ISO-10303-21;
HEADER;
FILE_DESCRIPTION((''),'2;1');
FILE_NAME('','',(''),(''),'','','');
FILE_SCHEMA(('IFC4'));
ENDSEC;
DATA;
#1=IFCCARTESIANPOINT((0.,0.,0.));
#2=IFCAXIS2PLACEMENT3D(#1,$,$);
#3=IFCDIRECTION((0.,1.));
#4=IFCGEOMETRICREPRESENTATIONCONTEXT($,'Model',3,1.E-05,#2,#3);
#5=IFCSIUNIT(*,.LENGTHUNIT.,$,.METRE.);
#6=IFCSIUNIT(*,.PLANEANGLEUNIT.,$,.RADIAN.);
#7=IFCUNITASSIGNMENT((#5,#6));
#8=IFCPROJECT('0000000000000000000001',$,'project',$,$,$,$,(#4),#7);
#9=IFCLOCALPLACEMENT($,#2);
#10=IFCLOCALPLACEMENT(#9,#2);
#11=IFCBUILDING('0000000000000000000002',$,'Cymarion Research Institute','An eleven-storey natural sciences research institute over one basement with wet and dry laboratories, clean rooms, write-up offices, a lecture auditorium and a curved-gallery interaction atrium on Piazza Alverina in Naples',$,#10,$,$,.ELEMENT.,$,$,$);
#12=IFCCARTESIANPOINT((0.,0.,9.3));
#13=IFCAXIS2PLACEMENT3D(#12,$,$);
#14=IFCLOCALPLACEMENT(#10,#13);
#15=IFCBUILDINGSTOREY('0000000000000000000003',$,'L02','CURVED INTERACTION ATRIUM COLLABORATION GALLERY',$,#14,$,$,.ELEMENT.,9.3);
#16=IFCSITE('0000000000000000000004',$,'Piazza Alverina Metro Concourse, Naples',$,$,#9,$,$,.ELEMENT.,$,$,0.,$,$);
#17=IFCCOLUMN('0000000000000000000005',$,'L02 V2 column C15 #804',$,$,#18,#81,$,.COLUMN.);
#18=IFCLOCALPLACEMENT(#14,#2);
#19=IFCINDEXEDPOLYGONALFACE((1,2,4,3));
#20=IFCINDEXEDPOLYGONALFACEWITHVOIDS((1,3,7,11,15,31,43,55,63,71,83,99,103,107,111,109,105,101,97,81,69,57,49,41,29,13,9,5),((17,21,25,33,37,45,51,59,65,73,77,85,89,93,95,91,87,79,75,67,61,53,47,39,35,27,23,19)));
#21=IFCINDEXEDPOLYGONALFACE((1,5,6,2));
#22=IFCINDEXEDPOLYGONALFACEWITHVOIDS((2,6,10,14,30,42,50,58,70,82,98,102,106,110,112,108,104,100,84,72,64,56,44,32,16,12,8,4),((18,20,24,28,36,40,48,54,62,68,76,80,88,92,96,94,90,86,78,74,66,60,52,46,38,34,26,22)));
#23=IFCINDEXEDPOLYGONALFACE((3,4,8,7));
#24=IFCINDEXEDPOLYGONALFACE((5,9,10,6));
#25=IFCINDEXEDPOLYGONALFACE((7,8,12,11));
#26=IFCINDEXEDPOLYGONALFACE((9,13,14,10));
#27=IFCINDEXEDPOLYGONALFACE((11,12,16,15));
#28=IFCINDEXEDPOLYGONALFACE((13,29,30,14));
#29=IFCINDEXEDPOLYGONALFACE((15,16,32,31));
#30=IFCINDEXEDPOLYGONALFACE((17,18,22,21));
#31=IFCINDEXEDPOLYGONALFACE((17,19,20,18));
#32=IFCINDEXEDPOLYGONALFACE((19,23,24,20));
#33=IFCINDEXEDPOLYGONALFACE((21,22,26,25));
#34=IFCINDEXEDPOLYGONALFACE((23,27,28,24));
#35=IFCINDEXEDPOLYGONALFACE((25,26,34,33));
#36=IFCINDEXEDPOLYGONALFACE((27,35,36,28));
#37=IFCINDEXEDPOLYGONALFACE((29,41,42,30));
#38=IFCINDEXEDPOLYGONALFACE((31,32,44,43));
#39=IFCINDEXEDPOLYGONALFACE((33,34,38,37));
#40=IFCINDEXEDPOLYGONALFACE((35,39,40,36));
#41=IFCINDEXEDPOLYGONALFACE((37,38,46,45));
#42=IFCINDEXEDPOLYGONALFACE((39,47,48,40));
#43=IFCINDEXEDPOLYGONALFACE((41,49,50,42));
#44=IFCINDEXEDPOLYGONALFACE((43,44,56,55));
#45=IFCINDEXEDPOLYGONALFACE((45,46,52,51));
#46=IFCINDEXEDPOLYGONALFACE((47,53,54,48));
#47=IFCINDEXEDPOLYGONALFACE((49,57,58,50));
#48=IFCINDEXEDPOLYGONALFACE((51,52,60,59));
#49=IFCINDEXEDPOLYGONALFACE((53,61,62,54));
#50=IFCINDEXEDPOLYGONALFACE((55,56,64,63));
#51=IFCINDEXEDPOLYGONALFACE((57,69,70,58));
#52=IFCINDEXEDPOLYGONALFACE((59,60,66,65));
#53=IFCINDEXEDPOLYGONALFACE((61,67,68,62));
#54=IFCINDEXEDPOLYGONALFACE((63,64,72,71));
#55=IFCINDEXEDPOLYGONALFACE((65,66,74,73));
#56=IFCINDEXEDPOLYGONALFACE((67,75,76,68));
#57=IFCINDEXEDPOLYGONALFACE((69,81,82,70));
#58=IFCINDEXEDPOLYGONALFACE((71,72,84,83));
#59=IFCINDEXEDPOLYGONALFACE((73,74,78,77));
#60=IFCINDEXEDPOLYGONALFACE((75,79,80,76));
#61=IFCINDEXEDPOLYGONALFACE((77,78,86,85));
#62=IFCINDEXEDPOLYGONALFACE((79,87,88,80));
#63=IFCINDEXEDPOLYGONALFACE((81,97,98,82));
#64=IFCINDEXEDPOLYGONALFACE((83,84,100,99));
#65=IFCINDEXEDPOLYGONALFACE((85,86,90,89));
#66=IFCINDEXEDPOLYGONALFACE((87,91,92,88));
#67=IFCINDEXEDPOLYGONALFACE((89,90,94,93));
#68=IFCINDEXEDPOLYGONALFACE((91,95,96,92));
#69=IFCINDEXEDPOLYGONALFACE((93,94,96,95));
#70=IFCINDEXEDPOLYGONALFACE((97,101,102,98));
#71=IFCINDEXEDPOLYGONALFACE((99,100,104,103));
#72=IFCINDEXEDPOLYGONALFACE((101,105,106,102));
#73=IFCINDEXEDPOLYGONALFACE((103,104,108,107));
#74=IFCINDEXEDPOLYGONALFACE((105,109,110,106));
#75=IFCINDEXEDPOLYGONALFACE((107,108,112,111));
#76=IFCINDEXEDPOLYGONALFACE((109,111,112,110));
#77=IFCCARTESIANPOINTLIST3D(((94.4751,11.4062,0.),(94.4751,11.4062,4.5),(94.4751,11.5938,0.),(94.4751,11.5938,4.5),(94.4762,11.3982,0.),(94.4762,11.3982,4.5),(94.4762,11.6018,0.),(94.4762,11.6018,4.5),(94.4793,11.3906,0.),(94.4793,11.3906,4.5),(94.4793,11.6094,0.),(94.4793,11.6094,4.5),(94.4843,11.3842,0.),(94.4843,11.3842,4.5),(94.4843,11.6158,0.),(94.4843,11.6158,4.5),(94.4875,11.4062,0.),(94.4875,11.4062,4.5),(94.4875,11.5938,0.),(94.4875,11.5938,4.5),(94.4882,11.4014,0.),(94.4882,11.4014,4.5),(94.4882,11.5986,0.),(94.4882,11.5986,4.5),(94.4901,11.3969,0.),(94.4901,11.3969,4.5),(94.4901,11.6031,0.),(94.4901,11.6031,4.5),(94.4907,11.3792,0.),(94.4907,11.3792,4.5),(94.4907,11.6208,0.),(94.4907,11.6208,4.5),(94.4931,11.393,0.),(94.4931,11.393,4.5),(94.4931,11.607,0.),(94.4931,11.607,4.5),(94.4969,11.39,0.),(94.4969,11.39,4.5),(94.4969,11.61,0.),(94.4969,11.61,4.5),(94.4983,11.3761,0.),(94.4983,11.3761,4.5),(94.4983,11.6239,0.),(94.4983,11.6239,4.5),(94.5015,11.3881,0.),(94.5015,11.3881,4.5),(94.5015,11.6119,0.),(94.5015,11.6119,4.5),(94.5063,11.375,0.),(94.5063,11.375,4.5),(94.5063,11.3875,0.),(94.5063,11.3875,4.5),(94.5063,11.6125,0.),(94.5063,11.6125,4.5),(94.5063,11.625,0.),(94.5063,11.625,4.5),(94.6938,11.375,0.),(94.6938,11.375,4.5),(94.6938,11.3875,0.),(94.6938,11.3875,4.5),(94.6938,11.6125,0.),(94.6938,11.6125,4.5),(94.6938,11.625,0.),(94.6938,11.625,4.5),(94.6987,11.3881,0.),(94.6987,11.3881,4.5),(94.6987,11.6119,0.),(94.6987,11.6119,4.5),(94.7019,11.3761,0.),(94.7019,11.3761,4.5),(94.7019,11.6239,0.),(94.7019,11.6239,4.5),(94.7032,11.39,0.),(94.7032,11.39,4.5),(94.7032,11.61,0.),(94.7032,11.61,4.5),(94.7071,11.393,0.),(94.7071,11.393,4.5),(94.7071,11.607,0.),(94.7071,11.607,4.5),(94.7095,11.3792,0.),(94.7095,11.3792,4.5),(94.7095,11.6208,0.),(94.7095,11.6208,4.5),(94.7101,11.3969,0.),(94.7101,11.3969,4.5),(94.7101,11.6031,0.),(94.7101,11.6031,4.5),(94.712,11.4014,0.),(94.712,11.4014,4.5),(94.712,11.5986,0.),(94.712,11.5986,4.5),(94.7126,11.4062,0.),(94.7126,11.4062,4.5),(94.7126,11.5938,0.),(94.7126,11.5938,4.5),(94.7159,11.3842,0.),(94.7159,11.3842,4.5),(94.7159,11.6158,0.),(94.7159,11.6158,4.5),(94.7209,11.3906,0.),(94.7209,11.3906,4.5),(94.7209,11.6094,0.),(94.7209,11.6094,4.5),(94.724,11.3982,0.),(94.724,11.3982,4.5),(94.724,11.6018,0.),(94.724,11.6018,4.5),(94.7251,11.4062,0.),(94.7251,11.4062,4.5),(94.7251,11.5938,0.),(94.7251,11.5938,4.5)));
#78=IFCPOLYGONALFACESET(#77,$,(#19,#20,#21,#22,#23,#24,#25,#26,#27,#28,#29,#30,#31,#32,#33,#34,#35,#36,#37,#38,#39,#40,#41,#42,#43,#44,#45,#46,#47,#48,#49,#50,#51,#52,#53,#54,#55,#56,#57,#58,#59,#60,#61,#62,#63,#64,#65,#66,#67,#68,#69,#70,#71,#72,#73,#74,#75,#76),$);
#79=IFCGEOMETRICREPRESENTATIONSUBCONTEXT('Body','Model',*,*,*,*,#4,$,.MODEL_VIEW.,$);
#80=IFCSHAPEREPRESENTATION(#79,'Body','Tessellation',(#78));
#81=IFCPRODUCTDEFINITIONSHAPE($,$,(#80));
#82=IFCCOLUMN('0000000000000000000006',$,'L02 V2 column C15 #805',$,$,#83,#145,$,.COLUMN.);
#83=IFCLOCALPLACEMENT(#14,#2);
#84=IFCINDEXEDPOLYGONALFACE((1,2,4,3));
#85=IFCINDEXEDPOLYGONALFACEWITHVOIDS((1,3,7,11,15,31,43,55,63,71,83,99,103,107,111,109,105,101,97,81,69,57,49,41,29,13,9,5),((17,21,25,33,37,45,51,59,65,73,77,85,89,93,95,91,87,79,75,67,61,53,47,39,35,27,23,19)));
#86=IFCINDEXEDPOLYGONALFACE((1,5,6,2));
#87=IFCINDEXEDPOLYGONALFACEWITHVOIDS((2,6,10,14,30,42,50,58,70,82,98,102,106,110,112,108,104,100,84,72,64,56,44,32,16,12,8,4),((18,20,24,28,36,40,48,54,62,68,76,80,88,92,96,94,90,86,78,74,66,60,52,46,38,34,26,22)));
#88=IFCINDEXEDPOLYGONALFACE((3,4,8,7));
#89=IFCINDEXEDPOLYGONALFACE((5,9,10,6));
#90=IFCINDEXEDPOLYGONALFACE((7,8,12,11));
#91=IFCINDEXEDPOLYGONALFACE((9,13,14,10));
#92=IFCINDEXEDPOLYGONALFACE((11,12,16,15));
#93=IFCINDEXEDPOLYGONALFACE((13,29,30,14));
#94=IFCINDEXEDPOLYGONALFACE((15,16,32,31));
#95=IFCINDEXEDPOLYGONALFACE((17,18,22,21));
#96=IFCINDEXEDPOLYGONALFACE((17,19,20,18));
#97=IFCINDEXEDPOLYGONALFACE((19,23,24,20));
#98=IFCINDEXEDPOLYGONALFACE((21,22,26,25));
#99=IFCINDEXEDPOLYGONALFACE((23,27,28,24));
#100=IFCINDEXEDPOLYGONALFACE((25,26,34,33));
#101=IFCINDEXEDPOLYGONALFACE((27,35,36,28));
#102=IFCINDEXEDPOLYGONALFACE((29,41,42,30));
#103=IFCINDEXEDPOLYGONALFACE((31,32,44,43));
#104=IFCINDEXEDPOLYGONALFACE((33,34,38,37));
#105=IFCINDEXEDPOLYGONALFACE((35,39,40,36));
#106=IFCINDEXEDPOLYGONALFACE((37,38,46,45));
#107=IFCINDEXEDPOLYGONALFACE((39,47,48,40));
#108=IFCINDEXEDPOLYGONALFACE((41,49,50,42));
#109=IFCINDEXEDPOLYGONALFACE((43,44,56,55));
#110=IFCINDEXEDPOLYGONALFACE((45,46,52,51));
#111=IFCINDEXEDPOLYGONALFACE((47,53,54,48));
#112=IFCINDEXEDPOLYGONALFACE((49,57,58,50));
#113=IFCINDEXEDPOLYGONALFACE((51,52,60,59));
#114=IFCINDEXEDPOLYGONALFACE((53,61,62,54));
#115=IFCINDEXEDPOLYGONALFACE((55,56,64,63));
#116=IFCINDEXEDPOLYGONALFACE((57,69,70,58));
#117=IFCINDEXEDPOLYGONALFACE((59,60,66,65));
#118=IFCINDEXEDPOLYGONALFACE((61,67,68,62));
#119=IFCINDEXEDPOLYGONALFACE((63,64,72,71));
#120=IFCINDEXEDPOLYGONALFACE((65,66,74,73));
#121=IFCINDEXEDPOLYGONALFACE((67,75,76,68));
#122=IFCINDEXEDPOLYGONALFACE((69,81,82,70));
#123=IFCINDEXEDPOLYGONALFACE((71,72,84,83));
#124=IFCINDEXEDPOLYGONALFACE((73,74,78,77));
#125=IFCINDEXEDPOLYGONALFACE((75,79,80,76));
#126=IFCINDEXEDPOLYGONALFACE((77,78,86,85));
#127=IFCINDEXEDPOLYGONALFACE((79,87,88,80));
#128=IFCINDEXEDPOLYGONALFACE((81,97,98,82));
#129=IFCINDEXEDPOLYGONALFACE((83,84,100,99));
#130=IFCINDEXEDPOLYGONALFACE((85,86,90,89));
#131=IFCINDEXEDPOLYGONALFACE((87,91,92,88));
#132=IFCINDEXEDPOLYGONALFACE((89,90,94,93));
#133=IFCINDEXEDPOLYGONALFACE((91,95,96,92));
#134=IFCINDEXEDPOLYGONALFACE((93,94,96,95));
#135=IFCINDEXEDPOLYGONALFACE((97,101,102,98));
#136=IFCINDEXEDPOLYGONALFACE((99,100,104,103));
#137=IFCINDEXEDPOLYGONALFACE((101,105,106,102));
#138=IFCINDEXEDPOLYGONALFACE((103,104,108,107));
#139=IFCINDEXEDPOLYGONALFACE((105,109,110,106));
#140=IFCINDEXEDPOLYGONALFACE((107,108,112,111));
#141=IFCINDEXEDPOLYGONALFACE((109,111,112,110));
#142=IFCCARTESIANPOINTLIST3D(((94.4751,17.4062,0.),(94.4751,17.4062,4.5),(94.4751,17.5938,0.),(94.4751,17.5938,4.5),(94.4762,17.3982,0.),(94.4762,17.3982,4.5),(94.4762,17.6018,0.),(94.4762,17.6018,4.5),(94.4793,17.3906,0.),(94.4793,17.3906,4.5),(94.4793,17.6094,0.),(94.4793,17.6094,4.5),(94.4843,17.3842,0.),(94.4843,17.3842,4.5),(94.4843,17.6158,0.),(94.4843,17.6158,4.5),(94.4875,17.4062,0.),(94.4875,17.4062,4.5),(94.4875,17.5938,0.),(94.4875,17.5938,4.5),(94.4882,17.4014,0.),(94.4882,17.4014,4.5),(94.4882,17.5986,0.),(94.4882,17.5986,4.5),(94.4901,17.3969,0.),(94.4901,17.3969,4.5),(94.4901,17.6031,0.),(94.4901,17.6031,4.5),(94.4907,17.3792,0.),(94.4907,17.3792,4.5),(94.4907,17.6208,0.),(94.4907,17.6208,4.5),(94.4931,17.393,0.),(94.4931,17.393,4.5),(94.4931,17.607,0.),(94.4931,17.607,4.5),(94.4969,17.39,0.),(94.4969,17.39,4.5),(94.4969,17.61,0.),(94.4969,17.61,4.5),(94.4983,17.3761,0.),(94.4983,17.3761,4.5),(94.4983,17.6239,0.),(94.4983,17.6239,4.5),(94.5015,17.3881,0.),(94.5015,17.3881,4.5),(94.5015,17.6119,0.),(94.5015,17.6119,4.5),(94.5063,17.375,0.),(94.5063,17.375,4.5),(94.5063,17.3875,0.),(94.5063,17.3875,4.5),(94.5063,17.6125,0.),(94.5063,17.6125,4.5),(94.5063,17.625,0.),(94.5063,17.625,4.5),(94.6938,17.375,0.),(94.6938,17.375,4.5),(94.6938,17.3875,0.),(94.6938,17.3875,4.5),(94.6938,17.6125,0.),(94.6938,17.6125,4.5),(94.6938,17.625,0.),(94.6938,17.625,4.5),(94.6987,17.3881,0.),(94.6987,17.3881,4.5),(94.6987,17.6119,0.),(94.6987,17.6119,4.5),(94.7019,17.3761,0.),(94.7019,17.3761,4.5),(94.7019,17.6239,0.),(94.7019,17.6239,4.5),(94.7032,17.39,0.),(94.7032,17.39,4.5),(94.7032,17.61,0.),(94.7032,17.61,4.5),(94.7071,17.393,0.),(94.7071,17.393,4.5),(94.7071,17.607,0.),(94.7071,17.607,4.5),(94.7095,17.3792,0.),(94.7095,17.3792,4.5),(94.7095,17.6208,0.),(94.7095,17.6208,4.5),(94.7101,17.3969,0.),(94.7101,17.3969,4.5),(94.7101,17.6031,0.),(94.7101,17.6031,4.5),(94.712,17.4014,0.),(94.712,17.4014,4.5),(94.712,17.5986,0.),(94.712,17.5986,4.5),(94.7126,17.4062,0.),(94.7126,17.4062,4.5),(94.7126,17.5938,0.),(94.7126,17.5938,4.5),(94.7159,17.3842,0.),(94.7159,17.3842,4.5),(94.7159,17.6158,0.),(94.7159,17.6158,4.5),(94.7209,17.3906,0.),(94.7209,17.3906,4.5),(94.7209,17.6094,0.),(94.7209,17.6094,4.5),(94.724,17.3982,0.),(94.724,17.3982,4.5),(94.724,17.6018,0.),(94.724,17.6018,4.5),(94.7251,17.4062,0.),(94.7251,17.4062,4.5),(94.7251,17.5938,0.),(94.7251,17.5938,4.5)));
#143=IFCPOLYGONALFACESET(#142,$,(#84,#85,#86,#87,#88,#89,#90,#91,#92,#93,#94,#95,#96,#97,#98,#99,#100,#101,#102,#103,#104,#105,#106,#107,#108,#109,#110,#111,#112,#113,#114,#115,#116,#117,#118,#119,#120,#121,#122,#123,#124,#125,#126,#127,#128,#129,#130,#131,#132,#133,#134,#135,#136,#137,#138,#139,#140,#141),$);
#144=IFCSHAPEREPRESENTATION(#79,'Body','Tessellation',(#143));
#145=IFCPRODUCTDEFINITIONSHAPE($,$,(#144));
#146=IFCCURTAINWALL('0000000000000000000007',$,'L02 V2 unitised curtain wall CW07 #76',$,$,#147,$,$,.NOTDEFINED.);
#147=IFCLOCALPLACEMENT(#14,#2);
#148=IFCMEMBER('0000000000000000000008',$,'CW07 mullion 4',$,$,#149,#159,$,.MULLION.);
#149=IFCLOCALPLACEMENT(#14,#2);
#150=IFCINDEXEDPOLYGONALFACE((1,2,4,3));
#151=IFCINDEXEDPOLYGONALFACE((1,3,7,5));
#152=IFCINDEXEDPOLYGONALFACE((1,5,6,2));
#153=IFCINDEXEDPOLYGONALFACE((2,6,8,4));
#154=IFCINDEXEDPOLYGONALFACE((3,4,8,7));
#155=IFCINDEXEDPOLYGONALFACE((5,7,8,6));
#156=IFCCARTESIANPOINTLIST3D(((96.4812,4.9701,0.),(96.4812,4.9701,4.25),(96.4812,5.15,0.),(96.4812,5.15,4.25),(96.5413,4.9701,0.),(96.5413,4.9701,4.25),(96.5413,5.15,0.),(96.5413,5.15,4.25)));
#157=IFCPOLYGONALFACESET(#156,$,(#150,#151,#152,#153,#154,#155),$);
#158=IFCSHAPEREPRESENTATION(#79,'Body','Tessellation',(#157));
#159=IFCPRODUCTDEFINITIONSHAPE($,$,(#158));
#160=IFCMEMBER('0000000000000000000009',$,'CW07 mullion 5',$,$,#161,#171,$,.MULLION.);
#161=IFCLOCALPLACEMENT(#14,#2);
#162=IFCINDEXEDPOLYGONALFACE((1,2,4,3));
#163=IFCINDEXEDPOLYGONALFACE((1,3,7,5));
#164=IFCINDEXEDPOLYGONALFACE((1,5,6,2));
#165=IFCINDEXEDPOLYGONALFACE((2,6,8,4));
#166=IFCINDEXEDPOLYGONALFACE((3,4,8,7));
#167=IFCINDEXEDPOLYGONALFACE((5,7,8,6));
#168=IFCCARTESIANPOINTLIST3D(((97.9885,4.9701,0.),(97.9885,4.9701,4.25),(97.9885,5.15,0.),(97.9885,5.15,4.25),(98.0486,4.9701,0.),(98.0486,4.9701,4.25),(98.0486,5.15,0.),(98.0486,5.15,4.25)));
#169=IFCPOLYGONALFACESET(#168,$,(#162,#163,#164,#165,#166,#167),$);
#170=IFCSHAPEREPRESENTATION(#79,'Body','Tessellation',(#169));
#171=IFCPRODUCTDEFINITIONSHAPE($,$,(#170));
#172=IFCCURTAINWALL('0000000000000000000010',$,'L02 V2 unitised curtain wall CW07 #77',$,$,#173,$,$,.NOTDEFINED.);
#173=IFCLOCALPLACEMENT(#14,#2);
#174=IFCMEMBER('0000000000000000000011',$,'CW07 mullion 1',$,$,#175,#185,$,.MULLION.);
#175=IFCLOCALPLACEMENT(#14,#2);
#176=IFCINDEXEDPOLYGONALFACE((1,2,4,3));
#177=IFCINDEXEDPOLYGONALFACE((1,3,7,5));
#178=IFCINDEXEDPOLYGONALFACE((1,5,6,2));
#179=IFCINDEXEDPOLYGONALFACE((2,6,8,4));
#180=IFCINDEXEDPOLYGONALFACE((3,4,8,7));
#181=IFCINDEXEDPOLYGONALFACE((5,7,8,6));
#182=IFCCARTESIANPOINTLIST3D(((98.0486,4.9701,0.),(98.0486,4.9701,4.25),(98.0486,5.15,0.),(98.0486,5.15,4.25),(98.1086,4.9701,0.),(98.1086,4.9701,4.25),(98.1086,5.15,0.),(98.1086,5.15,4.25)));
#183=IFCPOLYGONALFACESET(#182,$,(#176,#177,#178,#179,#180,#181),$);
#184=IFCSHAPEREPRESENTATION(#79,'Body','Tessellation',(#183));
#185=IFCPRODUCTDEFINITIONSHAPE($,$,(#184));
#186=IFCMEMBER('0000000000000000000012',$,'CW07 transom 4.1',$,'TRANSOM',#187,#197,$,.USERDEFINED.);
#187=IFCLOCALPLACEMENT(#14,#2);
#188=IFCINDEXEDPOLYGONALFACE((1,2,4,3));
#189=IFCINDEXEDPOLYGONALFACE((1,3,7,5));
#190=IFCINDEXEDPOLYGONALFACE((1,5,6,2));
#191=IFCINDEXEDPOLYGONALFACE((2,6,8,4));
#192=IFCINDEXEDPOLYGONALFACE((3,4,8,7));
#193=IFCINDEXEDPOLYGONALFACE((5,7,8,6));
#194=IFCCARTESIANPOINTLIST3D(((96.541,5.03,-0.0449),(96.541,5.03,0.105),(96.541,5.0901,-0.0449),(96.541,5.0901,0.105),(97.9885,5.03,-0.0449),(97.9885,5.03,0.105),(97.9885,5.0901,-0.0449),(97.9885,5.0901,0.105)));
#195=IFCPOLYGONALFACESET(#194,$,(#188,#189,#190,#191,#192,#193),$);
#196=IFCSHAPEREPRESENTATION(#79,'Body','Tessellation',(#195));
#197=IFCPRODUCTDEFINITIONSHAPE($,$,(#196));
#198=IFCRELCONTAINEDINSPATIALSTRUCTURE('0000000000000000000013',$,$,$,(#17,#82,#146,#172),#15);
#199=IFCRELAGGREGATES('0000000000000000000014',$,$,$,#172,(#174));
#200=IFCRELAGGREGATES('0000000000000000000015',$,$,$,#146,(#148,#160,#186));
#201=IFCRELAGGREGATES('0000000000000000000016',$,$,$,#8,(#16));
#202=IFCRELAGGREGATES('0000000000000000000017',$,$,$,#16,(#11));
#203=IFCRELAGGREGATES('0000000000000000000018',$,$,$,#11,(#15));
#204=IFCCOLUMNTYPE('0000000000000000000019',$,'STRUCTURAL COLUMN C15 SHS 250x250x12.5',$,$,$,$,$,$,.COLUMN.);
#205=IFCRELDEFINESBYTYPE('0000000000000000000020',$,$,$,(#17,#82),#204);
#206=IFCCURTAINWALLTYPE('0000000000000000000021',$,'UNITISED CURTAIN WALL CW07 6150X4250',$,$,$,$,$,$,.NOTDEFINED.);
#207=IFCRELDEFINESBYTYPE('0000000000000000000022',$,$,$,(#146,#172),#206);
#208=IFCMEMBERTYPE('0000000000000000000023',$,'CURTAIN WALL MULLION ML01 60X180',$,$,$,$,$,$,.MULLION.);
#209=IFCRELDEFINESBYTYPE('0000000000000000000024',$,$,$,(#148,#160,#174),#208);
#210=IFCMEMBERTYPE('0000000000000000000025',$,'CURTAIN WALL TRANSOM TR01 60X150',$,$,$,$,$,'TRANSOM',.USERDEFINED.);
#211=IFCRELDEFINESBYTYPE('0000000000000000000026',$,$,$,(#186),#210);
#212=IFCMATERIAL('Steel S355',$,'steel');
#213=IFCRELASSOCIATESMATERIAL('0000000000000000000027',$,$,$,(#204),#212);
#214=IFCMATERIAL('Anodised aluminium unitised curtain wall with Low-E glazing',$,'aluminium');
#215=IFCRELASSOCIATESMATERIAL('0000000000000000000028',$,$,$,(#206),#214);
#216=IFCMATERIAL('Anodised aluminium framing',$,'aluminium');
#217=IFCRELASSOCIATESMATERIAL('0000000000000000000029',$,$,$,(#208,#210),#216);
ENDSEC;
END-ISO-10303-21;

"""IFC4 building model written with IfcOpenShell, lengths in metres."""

from ifc_helpers import new_model, si_unit, direction, frame, origin, origin_2d, place, context, subcontext, project, spatial, rectangle, hollow_rectangle, extrude, material, material_profile, profile_set, type_object, element, aggregate, save


model = new_model("IFC4")

# Units and contexts
model_context = context("Model", 3, precision=1e-05, world=origin(), true_north=direction((0.0, 1.0)))
body_context = subcontext(model_context, "Body", "Model", "MODEL_VIEW")
ifc_project = project(units=[si_unit("LENGTHUNIT", "METRE"), si_unit("PLANEANGLEUNIT", "RADIAN")], contexts=[model_context])

# Site, building, storey
site_placement = place(None, origin())
site = spatial("IfcSite", under=ifc_project, at=site_placement, Name="Piazza Alverina Metro Concourse, Naples", CompositionType="ELEMENT", RefElevation=0.0)
building_placement = place(site_placement, origin())
building = spatial("IfcBuilding", under=site, at=building_placement, Name="Cymarion Research Institute", Description="An eleven-storey natural sciences research institute over one basement with wet and dry laboratories, clean rooms, write-up offices, a lecture auditorium and a curved-gallery interaction atrium on Piazza Alverina in Naples", CompositionType="ELEMENT")
storey_placement = place(building_placement, frame((0.0, 0.0, 9.3)))
storey = spatial("IfcBuildingStorey", under=building, at=storey_placement, Name="L02", Description="CURVED INTERACTION ATRIUM COLLABORATION GALLERY", CompositionType="ELEMENT", Elevation=9.3)

# Columns
ifc_material_1 = material(Name="Steel S355", Category="steel")
ifc_material_profile_1 = material_profile(ifc_material_1, hollow_rectangle(XDim=0.25, YDim=0.25, WallThickness=0.0125, InnerFilletRadius=0.0188, OuterFilletRadius=0.0312, at=origin_2d()), Name="SHS 250x250x12.5")
ifc_profile_set_1 = profile_set([ifc_material_profile_1], Name="Steel S355")
column_type_1 = type_object("IfcColumnType", Name="STRUCTURAL COLUMN C15 SHS 250x250x12.5", PredefinedType="COLUMN", material=ifc_profile_set_1)
for number, where, z_axis, x_axis, name in (
    (1, (94.6001, 11.5, 0.0), (0.0, 0.0, 1.0), (1.0, 0.0, 0.0), "L02 V2 column C15 #804"),
    (2, (94.6001, 17.5, 0.0), (0.0, 0.0, 1.0), (1.0, 0.0, 0.0), "L02 V2 column C15 #805"),
):
    element("IfcColumn", number, at=place(storey_placement, frame(where, z_axis=z_axis, x_axis=x_axis)), inside=storey, type_object=column_type_1, Name=name, PredefinedType="COLUMN", context=body_context, shape_type="SweptSolid", body=[
        extrude(hollow_rectangle(XDim=0.25, YDim=0.25, WallThickness=0.0125, InnerFilletRadius=0.0188, OuterFilletRadius=0.0312, at=origin_2d()), origin(), (0.0, 0.0, 1.0), 4.5),
    ])

# Curtain wall, members
ifc_material_2 = material(Name="Anodised aluminium unitised curtain wall with Low-E glazing", Category="aluminium")
curtain_wall_type = type_object("IfcCurtainWallType", Name="UNITISED CURTAIN WALL CW07 6150X4250", PredefinedType="NOTDEFINED", material=ifc_material_2)
curtain_wall_1_placement = place(storey_placement, origin())
curtain_wall_1 = element("IfcCurtainWall", 3, at=curtain_wall_1_placement, inside=storey, type_object=curtain_wall_type, Name="L02 V2 unitised curtain wall CW07 #76", PredefinedType="NOTDEFINED")
ifc_material_3 = material(Name="Anodised aluminium framing", Category="aluminium")
ifc_material_profile_2 = material_profile(ifc_material_3, rectangle(XDim=0.0601, YDim=0.1799, at=origin_2d()), Name="ALU MULLION 60x180")
ifc_profile_set_2 = profile_set([ifc_material_profile_2], Name="Anodised aluminium framing")
member_type_1 = type_object("IfcMemberType", Name="CURTAIN WALL MULLION ML01 60X180", PredefinedType="MULLION", material=ifc_profile_set_2)
member_1_placement = place(storey_placement, frame((96.5112, 5.0601, 0.0), z_axis=(0.0, 0.0, 1.0), x_axis=(1.0, 0.0, 0.0)))
member_1 = element("IfcMember", 4, at=member_1_placement, type_object=member_type_1, Name="CW07 mullion 4", PredefinedType="MULLION", context=body_context, shape_type="SweptSolid", body=[
    extrude(rectangle(XDim=0.0601, YDim=0.1799, at=origin_2d()), origin(), (0.0, 0.0, 1.0), 4.25),
])
member_2_placement = place(storey_placement, frame((98.0186, 5.0601, 0.0), z_axis=(0.0, 0.0, 1.0), x_axis=(1.0, 0.0, 0.0)))
member_2 = element("IfcMember", 5, at=member_2_placement, type_object=member_type_1, Name="CW07 mullion 5", PredefinedType="MULLION", context=body_context, shape_type="SweptSolid", body=[
    extrude(rectangle(XDim=0.0601, YDim=0.1799, at=origin_2d()), origin(), (0.0, 0.0, 1.0), 4.25),
])

# Curtain wall, member
curtain_wall_2_placement = place(storey_placement, origin())
curtain_wall_2 = element("IfcCurtainWall", 6, at=curtain_wall_2_placement, inside=storey, type_object=curtain_wall_type, Name="L02 V2 unitised curtain wall CW07 #77", PredefinedType="NOTDEFINED")
member_3_placement = place(storey_placement, frame((98.0786, 5.0601, 0.0), z_axis=(0.0, 0.0, 1.0), x_axis=(1.0, 0.0, 0.0)))
member_3 = element("IfcMember", 7, at=member_3_placement, type_object=member_type_1, Name="CW07 mullion 1", PredefinedType="MULLION", context=body_context, shape_type="SweptSolid", body=[
    extrude(rectangle(XDim=0.0601, YDim=0.1799, at=origin_2d()), origin(), (0.0, 0.0, 1.0), 4.25),
])
aggregate(curtain_wall_2, [member_3])

# Member
ifc_material_profile_3 = material_profile(ifc_material_3, rectangle(XDim=0.0601, YDim=0.1499, at=origin_2d()), Name="ALU TRANSOM 60x150")
ifc_profile_set_3 = profile_set([ifc_material_profile_3], Name="Anodised aluminium framing")
member_type_2 = type_object("IfcMemberType", Name="CURTAIN WALL TRANSOM TR01 60X150", ElementType="TRANSOM", PredefinedType="USERDEFINED", material=ifc_profile_set_3)
member_4_placement = place(storey_placement, frame((96.541, 5.0601, 0.03), z_axis=(1.0, 0.0, 0.0), x_axis=(0.0, 1.0, 0.0)))
member_4 = element("IfcMember", 8, at=member_4_placement, type_object=member_type_2, Name="CW07 transom 4.1", ObjectType="TRANSOM", PredefinedType="USERDEFINED", context=body_context, shape_type="SweptSolid", body=[
    extrude(rectangle(XDim=0.0601, YDim=0.1499, at=origin_2d()), origin(), (0.0, 0.0, 1.0), 1.4475),
])

aggregate(curtain_wall_1, [member_1, member_2, member_4])

save(model, "model.ifc")
